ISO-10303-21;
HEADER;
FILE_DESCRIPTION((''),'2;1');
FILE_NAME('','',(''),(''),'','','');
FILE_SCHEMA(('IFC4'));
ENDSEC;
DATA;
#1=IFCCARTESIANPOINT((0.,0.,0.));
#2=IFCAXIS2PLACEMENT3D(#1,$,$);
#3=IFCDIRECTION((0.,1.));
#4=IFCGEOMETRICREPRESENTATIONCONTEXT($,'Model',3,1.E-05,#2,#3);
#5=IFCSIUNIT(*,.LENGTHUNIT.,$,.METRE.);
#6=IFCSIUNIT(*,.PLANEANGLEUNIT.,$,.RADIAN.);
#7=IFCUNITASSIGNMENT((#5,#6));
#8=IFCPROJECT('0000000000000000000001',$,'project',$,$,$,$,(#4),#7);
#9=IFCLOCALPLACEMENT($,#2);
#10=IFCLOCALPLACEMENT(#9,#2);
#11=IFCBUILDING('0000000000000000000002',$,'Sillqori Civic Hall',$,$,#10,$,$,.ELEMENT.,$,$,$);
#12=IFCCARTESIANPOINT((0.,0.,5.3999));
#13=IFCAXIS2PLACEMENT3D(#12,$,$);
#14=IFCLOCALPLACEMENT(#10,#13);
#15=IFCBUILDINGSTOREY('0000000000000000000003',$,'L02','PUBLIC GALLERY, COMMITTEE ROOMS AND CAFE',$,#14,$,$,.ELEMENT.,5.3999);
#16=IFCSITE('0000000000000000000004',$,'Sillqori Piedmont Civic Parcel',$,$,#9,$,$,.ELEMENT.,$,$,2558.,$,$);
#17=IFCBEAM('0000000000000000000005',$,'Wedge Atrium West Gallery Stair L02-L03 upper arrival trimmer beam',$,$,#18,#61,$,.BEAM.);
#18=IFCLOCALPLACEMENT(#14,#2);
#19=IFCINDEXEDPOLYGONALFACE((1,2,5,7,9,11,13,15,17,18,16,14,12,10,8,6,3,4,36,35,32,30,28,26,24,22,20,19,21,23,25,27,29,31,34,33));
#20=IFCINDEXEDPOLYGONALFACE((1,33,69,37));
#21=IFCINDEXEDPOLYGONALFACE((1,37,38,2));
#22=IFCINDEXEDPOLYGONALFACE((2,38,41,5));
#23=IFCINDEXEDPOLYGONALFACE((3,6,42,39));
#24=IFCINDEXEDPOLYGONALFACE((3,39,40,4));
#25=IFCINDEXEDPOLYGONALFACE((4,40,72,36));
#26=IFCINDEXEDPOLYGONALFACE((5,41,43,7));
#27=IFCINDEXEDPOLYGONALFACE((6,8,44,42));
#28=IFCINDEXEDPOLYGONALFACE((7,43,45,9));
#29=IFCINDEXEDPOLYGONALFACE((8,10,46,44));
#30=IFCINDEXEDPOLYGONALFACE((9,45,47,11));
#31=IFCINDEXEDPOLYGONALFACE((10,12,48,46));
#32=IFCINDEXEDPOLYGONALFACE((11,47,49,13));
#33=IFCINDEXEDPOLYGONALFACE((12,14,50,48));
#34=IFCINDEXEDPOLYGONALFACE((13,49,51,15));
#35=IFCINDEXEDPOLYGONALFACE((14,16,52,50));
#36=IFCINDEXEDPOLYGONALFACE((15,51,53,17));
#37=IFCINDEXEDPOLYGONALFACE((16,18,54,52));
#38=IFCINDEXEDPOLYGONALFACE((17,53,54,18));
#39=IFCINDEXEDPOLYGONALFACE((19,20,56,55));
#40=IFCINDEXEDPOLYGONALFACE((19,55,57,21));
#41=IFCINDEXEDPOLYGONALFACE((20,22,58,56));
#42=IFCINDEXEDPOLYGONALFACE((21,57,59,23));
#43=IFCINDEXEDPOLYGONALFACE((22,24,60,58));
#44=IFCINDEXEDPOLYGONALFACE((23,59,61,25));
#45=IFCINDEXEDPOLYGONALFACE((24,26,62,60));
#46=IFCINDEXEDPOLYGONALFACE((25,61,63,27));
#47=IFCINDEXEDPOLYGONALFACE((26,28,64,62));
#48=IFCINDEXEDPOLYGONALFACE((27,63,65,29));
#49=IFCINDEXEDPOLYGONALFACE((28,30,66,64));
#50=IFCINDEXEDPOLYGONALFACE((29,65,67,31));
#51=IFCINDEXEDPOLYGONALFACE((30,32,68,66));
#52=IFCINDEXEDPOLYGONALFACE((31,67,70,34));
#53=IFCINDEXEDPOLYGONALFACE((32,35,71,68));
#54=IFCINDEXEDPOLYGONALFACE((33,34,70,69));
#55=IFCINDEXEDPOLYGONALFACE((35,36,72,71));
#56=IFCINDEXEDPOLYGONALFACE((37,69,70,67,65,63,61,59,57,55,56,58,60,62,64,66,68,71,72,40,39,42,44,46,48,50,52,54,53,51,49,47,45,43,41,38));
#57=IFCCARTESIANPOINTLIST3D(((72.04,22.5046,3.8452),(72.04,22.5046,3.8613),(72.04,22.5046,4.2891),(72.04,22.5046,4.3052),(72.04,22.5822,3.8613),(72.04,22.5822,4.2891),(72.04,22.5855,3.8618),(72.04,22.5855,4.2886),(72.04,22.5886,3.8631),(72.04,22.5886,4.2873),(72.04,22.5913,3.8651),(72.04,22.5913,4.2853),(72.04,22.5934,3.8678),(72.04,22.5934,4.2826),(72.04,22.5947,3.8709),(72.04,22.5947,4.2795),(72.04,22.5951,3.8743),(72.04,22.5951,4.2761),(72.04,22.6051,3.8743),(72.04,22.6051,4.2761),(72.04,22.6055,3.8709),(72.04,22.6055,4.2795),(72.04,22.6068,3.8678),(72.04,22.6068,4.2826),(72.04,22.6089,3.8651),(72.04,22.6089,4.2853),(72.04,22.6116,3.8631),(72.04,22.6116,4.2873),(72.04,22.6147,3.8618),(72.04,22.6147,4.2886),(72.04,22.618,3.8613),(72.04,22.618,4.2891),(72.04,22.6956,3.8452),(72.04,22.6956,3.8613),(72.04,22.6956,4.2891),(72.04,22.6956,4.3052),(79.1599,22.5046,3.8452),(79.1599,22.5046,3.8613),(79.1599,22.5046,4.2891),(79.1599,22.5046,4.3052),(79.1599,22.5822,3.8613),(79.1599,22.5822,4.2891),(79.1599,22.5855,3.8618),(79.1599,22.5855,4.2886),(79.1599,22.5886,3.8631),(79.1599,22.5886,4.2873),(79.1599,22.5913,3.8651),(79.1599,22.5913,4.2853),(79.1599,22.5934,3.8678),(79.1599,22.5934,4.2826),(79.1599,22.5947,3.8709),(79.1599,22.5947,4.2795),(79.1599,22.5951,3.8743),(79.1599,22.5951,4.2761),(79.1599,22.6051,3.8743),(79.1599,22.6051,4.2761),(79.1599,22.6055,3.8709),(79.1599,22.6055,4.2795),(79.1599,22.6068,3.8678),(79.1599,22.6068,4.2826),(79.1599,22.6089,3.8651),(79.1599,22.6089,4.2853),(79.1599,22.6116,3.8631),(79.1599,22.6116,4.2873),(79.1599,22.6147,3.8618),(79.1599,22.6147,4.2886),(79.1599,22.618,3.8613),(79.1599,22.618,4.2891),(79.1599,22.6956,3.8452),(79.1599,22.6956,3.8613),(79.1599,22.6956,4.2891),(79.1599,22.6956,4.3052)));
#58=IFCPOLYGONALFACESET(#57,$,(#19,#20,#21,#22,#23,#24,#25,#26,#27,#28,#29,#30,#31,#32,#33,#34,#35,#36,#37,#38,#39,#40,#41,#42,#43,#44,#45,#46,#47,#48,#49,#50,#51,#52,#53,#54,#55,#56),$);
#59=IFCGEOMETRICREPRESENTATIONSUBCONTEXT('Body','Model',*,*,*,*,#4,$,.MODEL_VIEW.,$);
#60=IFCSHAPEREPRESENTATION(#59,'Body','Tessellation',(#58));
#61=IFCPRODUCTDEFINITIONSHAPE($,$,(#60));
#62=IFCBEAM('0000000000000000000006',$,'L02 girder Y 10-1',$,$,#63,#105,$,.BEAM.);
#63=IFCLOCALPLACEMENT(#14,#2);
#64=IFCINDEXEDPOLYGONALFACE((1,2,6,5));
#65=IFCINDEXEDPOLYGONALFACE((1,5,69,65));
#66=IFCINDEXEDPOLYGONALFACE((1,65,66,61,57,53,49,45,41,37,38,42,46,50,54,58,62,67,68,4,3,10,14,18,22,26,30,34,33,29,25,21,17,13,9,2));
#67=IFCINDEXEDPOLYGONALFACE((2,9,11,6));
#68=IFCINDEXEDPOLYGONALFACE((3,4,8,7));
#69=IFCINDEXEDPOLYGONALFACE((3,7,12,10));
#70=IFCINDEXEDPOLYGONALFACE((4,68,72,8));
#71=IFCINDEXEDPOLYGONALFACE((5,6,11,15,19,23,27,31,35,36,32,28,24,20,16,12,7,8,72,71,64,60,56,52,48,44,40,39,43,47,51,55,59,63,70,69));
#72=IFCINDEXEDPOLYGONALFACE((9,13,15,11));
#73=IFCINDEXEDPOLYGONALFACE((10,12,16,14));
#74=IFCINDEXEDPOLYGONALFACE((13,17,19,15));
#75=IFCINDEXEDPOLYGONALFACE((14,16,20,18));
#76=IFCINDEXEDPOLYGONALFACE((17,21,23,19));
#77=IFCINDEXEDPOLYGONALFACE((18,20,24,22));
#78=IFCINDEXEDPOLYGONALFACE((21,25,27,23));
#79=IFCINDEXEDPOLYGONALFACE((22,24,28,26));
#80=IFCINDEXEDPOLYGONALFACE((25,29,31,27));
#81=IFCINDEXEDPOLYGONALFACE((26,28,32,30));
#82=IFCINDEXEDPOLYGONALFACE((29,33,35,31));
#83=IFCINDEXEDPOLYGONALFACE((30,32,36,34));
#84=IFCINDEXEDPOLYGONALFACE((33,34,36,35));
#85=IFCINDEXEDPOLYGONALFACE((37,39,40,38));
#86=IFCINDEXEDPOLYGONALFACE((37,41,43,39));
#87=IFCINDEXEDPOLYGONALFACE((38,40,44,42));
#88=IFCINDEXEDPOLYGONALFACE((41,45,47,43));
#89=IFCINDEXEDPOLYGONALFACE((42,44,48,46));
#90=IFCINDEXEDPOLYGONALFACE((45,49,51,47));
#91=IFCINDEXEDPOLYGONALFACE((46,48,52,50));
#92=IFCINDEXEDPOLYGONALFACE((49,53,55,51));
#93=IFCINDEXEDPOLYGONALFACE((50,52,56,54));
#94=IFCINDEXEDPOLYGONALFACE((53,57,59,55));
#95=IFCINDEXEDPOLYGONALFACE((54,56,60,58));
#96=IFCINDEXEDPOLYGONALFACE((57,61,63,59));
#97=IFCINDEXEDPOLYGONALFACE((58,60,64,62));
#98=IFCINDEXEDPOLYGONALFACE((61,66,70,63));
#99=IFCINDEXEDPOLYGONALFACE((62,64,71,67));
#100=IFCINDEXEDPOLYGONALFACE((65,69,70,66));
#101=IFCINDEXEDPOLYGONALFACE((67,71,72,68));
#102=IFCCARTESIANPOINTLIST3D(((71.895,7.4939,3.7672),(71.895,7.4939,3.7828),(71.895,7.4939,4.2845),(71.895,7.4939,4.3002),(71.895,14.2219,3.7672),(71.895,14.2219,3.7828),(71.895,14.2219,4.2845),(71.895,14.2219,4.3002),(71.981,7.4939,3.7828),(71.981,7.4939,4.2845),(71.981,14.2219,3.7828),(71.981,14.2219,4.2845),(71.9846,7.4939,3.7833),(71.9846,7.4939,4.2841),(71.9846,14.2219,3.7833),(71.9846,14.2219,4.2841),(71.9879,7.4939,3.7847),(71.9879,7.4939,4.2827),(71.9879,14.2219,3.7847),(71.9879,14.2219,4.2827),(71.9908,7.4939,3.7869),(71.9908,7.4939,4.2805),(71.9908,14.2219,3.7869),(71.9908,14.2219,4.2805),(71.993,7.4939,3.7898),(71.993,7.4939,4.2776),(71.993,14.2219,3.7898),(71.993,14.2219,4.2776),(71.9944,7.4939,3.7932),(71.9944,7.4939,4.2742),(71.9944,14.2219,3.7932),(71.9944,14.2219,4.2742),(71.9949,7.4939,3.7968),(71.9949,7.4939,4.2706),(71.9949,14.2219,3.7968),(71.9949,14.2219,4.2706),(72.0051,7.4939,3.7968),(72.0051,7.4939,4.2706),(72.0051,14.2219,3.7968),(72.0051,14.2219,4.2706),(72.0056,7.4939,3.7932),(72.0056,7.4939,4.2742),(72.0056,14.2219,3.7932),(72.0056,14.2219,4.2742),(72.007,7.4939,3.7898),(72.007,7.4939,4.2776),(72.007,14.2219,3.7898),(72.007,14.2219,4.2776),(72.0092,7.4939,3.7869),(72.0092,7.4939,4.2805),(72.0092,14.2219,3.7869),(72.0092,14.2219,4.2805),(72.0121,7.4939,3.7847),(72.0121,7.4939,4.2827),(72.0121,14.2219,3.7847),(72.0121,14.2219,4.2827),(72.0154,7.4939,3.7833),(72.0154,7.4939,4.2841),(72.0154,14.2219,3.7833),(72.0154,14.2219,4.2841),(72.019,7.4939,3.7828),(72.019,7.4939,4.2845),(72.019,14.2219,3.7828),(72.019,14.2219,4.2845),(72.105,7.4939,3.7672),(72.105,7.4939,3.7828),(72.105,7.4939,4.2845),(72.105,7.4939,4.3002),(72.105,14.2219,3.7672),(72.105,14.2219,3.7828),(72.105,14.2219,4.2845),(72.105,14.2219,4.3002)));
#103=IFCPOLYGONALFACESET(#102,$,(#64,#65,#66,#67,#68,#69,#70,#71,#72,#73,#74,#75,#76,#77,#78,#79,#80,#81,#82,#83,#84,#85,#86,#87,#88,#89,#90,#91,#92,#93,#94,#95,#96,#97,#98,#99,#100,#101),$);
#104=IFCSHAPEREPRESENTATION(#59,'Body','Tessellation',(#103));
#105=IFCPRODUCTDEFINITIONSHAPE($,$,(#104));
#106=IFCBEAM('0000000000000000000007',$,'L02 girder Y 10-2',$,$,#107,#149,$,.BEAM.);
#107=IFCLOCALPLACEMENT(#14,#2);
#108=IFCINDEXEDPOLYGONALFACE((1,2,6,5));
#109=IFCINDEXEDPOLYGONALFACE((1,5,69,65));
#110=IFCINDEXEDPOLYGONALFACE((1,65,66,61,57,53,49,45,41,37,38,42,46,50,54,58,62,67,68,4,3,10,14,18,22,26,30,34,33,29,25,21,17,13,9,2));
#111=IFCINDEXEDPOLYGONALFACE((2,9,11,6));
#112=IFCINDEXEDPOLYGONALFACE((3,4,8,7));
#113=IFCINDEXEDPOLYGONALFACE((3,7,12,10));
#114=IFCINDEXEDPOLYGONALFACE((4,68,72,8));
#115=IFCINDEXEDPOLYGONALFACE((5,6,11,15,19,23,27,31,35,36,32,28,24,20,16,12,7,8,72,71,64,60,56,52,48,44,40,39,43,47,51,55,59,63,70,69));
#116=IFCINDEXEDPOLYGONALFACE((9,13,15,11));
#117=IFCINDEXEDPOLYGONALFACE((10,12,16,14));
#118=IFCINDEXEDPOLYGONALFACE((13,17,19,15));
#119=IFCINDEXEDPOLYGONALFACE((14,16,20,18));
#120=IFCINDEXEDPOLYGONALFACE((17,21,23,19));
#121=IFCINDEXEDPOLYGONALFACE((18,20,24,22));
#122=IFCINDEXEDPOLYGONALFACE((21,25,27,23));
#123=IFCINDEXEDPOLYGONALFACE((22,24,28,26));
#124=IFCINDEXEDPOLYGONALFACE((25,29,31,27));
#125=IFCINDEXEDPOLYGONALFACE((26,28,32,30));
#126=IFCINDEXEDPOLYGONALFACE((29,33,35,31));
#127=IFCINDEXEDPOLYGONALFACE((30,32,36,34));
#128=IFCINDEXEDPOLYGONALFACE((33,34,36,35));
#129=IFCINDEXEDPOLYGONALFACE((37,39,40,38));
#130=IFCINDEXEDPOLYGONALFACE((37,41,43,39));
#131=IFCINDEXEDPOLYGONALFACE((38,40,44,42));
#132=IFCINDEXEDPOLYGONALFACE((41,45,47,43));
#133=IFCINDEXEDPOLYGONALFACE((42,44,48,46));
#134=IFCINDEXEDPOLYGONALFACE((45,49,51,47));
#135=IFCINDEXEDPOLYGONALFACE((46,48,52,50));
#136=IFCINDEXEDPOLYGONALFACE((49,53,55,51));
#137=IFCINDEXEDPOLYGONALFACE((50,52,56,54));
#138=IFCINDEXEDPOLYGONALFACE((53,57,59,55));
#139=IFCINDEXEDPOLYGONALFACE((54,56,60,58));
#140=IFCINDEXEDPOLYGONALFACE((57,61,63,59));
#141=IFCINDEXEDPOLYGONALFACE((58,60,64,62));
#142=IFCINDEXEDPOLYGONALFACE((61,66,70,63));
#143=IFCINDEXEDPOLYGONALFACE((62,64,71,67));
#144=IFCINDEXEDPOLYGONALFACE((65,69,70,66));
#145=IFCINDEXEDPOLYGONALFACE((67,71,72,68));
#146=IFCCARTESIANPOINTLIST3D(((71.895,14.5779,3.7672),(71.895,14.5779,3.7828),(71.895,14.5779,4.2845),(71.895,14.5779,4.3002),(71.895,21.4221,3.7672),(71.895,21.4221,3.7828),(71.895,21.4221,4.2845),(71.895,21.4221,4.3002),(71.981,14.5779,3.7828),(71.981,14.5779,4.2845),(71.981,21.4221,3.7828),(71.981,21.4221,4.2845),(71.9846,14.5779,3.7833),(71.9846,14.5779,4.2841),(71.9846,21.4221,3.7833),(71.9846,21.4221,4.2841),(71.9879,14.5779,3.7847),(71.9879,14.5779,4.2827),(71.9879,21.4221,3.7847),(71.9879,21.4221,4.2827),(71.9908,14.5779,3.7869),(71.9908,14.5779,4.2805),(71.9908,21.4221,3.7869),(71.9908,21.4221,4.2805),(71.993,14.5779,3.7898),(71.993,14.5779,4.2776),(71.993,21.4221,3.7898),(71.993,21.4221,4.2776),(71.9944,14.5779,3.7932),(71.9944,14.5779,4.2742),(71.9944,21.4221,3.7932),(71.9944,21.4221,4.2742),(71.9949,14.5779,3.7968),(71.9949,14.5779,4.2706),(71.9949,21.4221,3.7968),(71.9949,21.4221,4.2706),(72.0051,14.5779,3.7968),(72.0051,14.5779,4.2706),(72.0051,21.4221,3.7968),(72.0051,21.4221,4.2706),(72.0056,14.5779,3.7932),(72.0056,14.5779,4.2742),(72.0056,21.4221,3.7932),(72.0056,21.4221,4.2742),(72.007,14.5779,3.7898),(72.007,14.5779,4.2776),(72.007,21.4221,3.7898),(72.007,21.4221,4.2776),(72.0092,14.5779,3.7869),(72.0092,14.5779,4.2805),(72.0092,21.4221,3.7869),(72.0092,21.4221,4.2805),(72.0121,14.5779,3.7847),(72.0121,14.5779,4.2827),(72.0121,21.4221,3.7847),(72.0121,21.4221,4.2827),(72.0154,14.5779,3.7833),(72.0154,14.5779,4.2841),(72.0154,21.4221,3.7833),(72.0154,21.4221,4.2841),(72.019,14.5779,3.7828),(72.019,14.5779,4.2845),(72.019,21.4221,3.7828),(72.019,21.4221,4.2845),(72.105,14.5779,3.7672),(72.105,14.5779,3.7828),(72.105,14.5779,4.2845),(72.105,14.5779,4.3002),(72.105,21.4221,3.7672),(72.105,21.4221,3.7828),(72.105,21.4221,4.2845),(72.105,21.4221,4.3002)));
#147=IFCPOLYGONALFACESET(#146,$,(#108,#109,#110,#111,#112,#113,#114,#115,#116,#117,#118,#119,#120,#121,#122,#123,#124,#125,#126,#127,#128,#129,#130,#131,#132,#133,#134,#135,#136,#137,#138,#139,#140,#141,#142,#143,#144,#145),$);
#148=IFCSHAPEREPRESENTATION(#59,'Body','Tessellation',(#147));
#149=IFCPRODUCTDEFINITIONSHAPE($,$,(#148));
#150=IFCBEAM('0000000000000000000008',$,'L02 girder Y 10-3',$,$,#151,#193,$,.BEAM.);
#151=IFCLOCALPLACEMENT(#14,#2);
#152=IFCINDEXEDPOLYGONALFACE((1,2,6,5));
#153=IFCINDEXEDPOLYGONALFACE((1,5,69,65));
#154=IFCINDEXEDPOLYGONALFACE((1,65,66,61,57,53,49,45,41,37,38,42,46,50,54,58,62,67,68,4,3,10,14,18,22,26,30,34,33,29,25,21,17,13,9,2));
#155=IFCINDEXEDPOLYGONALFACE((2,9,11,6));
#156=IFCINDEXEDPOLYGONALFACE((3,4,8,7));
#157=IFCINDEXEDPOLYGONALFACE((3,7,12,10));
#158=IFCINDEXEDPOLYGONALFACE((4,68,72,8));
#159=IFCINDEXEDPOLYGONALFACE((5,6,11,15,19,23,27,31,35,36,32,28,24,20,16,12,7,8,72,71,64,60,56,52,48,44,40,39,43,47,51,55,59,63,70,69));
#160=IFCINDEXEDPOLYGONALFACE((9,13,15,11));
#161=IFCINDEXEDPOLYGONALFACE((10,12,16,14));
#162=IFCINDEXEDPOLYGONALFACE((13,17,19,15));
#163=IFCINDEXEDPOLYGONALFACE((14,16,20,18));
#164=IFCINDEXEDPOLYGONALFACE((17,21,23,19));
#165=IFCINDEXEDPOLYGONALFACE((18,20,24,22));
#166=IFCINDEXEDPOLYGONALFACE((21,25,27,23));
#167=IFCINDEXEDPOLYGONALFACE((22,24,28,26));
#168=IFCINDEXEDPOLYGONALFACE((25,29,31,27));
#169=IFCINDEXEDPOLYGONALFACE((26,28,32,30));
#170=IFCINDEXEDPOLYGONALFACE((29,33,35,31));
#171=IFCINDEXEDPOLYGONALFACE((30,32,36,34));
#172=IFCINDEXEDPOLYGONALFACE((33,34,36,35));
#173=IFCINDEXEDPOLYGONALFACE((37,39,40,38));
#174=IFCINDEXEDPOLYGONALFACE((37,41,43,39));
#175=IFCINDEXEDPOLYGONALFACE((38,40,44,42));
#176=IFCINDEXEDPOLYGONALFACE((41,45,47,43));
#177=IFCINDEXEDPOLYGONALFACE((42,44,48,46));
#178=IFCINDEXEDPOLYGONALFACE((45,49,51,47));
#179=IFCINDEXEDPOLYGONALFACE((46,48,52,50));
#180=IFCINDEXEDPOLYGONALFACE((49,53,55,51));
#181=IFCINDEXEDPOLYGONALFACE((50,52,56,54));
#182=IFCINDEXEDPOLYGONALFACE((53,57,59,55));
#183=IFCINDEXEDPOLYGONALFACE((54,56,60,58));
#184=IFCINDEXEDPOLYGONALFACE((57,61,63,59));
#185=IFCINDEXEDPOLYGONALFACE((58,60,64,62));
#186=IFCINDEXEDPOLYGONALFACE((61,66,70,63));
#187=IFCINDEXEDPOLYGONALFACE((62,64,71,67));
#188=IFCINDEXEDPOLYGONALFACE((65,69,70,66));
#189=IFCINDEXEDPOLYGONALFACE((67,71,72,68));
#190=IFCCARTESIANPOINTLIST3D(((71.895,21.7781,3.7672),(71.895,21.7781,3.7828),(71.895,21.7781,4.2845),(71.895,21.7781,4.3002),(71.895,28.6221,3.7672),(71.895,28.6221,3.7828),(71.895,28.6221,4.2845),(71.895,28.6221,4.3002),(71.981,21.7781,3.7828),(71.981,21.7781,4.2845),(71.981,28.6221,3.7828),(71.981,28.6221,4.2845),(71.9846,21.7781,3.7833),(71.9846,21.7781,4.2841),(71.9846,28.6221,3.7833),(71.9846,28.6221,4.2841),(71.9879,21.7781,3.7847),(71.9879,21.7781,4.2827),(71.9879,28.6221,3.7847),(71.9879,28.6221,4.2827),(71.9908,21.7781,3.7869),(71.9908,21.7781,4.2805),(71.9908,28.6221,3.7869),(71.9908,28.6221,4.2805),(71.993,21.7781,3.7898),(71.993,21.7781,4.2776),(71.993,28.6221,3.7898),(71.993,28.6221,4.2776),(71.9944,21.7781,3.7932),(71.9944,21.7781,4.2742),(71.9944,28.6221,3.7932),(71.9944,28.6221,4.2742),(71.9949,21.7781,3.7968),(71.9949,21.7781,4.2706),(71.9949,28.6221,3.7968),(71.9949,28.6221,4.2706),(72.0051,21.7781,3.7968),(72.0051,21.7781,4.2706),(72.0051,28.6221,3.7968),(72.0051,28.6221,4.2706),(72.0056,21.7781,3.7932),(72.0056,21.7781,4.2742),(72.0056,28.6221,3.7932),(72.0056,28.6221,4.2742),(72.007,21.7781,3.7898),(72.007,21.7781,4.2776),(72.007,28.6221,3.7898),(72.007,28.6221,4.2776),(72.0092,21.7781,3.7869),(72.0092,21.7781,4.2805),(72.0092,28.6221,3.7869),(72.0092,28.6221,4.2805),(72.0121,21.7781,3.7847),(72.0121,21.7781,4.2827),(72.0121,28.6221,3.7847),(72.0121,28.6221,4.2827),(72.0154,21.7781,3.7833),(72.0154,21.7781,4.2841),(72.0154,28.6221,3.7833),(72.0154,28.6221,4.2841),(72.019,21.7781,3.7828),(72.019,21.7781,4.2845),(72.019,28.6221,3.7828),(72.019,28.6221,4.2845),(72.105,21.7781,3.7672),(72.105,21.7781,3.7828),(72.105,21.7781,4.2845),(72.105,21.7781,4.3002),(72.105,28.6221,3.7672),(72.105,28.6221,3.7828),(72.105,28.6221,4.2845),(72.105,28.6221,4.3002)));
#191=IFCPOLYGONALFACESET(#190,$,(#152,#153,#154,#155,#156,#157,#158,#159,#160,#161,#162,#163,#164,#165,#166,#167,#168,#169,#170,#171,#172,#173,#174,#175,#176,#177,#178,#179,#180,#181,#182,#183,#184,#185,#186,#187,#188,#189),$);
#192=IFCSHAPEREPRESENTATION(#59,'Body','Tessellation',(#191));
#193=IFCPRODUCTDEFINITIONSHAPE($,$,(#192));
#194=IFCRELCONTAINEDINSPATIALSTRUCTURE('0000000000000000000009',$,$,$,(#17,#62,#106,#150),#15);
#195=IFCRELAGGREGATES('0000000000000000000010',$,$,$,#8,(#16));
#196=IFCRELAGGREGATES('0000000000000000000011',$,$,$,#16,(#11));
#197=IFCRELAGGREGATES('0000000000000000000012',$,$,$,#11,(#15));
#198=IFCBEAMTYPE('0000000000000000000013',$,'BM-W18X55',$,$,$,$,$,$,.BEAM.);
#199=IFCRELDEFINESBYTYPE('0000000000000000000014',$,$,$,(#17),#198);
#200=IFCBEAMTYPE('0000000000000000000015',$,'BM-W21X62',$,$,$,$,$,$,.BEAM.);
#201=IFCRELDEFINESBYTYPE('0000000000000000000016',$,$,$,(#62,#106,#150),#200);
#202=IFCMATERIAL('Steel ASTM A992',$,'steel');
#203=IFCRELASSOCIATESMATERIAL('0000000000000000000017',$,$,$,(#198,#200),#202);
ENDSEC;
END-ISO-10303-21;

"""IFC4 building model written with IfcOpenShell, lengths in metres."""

from ifc_helpers import new_model, si_unit, direction, frame, origin, origin_2d, place, context, subcontext, project, spatial, i_section, extrude, material, material_profile, profile_set, type_object, element, save


model = new_model("IFC4")

# Units and contexts
model_context = context("Model", 3, precision=1e-05, world=origin(), true_north=direction((0.0, 1.0)))
body_context = subcontext(model_context, "Body", "Model", "MODEL_VIEW")
ifc_project = project(units=[si_unit("LENGTHUNIT", "METRE"), si_unit("PLANEANGLEUNIT", "RADIAN")], contexts=[model_context])

# Site, building, storey
site_placement = place(None, origin())
site = spatial("IfcSite", under=ifc_project, at=site_placement, Name="Sillqori Piedmont Civic Parcel", CompositionType="ELEMENT", RefElevation=2558.0)
building_placement = place(site_placement, origin())
building = spatial("IfcBuilding", under=site, at=building_placement, Name="Sillqori Civic Hall", CompositionType="ELEMENT")
storey_placement = place(building_placement, frame((0.0, 0.0, 5.3999)))
storey = spatial("IfcBuildingStorey", under=building, at=storey_placement, Name="L02", Description="PUBLIC GALLERY, COMMITTEE ROOMS AND CAFE", CompositionType="ELEMENT", Elevation=5.3999)

# Shared definitions
ifc_material_1 = material(Name="Steel ASTM A992", Category="steel")

# Beams
ifc_material_profile_1 = material_profile(ifc_material_1, i_section(OverallWidth=0.1909, OverallDepth=0.46, WebThickness=0.01, FlangeThickness=0.0161, FilletRadius=0.0129, at=origin_2d()), Name="W18X55")
ifc_profile_set_1 = profile_set([ifc_material_profile_1], Name="Steel ASTM A992")
beam_type_1 = type_object("IfcBeamType", Name="BM-W18X55", PredefinedType="BEAM", material=ifc_profile_set_1)
beam_1_placement = place(storey_placement, frame((72.04, 22.6001, 4.0752), z_axis=(1.0, 0.0, 0.0), x_axis=(0.0, 1.0, 0.0)))
element("IfcBeam", 1, at=beam_1_placement, inside=storey, type_object=beam_type_1, Name="Wedge Atrium West Gallery Stair L02-L03 upper arrival trimmer beam", PredefinedType="BEAM", context=body_context, shape_type="SweptSolid", body=[
    extrude(i_section(OverallWidth=0.1909, OverallDepth=0.46, WebThickness=0.01, FlangeThickness=0.0161, FilletRadius=0.0129, at=origin_2d()), origin(), (0.0, 0.0, 1.0), 7.1199),
])
ifc_material_profile_2 = material_profile(ifc_material_1, i_section(OverallWidth=0.21, OverallDepth=0.533, WebThickness=0.0103, FlangeThickness=0.0156, FilletRadius=0.0139, at=origin_2d()), Name="W21X62")
ifc_profile_set_2 = profile_set([ifc_material_profile_2], Name="Steel ASTM A992")
beam_type_2 = type_object("IfcBeamType", Name="BM-W21X62", PredefinedType="BEAM", material=ifc_profile_set_2)
beam_2_placement = place(storey_placement, frame((72.0, 7.4939, 4.0337), z_axis=(0.0, 1.0, 0.0), x_axis=(-1.0, 0.0, 0.0)))
element("IfcBeam", 2, at=beam_2_placement, inside=storey, type_object=beam_type_2, Name="L02 girder Y 10-1", PredefinedType="BEAM", context=body_context, shape_type="SweptSolid", body=[
    extrude(i_section(OverallWidth=0.21, OverallDepth=0.533, WebThickness=0.0103, FlangeThickness=0.0156, FilletRadius=0.0139, at=origin_2d()), origin(), (0.0, 0.0, 1.0), 6.728),
])
beam_3_placement = place(storey_placement, frame((72.0, 14.5779, 4.0337), z_axis=(0.0, 1.0, 0.0), x_axis=(-1.0, 0.0, 0.0)))
element("IfcBeam", 3, at=beam_3_placement, inside=storey, type_object=beam_type_2, Name="L02 girder Y 10-2", PredefinedType="BEAM", context=body_context, shape_type="SweptSolid", body=[
    extrude(i_section(OverallWidth=0.21, OverallDepth=0.533, WebThickness=0.0103, FlangeThickness=0.0156, FilletRadius=0.0139, at=origin_2d()), origin(), (0.0, 0.0, 1.0), 6.8442),
])
beam_4_placement = place(storey_placement, frame((72.0, 21.7781, 4.0337), z_axis=(0.0, 1.0, 0.0), x_axis=(-1.0, 0.0, 0.0)))
element("IfcBeam", 4, at=beam_4_placement, inside=storey, type_object=beam_type_2, Name="L02 girder Y 10-3", PredefinedType="BEAM", context=body_context, shape_type="SweptSolid", body=[
    extrude(i_section(OverallWidth=0.21, OverallDepth=0.533, WebThickness=0.0103, FlangeThickness=0.0156, FilletRadius=0.0139, at=origin_2d()), origin(), (0.0, 0.0, 1.0), 6.844),
])

save(model, "model.ifc")
